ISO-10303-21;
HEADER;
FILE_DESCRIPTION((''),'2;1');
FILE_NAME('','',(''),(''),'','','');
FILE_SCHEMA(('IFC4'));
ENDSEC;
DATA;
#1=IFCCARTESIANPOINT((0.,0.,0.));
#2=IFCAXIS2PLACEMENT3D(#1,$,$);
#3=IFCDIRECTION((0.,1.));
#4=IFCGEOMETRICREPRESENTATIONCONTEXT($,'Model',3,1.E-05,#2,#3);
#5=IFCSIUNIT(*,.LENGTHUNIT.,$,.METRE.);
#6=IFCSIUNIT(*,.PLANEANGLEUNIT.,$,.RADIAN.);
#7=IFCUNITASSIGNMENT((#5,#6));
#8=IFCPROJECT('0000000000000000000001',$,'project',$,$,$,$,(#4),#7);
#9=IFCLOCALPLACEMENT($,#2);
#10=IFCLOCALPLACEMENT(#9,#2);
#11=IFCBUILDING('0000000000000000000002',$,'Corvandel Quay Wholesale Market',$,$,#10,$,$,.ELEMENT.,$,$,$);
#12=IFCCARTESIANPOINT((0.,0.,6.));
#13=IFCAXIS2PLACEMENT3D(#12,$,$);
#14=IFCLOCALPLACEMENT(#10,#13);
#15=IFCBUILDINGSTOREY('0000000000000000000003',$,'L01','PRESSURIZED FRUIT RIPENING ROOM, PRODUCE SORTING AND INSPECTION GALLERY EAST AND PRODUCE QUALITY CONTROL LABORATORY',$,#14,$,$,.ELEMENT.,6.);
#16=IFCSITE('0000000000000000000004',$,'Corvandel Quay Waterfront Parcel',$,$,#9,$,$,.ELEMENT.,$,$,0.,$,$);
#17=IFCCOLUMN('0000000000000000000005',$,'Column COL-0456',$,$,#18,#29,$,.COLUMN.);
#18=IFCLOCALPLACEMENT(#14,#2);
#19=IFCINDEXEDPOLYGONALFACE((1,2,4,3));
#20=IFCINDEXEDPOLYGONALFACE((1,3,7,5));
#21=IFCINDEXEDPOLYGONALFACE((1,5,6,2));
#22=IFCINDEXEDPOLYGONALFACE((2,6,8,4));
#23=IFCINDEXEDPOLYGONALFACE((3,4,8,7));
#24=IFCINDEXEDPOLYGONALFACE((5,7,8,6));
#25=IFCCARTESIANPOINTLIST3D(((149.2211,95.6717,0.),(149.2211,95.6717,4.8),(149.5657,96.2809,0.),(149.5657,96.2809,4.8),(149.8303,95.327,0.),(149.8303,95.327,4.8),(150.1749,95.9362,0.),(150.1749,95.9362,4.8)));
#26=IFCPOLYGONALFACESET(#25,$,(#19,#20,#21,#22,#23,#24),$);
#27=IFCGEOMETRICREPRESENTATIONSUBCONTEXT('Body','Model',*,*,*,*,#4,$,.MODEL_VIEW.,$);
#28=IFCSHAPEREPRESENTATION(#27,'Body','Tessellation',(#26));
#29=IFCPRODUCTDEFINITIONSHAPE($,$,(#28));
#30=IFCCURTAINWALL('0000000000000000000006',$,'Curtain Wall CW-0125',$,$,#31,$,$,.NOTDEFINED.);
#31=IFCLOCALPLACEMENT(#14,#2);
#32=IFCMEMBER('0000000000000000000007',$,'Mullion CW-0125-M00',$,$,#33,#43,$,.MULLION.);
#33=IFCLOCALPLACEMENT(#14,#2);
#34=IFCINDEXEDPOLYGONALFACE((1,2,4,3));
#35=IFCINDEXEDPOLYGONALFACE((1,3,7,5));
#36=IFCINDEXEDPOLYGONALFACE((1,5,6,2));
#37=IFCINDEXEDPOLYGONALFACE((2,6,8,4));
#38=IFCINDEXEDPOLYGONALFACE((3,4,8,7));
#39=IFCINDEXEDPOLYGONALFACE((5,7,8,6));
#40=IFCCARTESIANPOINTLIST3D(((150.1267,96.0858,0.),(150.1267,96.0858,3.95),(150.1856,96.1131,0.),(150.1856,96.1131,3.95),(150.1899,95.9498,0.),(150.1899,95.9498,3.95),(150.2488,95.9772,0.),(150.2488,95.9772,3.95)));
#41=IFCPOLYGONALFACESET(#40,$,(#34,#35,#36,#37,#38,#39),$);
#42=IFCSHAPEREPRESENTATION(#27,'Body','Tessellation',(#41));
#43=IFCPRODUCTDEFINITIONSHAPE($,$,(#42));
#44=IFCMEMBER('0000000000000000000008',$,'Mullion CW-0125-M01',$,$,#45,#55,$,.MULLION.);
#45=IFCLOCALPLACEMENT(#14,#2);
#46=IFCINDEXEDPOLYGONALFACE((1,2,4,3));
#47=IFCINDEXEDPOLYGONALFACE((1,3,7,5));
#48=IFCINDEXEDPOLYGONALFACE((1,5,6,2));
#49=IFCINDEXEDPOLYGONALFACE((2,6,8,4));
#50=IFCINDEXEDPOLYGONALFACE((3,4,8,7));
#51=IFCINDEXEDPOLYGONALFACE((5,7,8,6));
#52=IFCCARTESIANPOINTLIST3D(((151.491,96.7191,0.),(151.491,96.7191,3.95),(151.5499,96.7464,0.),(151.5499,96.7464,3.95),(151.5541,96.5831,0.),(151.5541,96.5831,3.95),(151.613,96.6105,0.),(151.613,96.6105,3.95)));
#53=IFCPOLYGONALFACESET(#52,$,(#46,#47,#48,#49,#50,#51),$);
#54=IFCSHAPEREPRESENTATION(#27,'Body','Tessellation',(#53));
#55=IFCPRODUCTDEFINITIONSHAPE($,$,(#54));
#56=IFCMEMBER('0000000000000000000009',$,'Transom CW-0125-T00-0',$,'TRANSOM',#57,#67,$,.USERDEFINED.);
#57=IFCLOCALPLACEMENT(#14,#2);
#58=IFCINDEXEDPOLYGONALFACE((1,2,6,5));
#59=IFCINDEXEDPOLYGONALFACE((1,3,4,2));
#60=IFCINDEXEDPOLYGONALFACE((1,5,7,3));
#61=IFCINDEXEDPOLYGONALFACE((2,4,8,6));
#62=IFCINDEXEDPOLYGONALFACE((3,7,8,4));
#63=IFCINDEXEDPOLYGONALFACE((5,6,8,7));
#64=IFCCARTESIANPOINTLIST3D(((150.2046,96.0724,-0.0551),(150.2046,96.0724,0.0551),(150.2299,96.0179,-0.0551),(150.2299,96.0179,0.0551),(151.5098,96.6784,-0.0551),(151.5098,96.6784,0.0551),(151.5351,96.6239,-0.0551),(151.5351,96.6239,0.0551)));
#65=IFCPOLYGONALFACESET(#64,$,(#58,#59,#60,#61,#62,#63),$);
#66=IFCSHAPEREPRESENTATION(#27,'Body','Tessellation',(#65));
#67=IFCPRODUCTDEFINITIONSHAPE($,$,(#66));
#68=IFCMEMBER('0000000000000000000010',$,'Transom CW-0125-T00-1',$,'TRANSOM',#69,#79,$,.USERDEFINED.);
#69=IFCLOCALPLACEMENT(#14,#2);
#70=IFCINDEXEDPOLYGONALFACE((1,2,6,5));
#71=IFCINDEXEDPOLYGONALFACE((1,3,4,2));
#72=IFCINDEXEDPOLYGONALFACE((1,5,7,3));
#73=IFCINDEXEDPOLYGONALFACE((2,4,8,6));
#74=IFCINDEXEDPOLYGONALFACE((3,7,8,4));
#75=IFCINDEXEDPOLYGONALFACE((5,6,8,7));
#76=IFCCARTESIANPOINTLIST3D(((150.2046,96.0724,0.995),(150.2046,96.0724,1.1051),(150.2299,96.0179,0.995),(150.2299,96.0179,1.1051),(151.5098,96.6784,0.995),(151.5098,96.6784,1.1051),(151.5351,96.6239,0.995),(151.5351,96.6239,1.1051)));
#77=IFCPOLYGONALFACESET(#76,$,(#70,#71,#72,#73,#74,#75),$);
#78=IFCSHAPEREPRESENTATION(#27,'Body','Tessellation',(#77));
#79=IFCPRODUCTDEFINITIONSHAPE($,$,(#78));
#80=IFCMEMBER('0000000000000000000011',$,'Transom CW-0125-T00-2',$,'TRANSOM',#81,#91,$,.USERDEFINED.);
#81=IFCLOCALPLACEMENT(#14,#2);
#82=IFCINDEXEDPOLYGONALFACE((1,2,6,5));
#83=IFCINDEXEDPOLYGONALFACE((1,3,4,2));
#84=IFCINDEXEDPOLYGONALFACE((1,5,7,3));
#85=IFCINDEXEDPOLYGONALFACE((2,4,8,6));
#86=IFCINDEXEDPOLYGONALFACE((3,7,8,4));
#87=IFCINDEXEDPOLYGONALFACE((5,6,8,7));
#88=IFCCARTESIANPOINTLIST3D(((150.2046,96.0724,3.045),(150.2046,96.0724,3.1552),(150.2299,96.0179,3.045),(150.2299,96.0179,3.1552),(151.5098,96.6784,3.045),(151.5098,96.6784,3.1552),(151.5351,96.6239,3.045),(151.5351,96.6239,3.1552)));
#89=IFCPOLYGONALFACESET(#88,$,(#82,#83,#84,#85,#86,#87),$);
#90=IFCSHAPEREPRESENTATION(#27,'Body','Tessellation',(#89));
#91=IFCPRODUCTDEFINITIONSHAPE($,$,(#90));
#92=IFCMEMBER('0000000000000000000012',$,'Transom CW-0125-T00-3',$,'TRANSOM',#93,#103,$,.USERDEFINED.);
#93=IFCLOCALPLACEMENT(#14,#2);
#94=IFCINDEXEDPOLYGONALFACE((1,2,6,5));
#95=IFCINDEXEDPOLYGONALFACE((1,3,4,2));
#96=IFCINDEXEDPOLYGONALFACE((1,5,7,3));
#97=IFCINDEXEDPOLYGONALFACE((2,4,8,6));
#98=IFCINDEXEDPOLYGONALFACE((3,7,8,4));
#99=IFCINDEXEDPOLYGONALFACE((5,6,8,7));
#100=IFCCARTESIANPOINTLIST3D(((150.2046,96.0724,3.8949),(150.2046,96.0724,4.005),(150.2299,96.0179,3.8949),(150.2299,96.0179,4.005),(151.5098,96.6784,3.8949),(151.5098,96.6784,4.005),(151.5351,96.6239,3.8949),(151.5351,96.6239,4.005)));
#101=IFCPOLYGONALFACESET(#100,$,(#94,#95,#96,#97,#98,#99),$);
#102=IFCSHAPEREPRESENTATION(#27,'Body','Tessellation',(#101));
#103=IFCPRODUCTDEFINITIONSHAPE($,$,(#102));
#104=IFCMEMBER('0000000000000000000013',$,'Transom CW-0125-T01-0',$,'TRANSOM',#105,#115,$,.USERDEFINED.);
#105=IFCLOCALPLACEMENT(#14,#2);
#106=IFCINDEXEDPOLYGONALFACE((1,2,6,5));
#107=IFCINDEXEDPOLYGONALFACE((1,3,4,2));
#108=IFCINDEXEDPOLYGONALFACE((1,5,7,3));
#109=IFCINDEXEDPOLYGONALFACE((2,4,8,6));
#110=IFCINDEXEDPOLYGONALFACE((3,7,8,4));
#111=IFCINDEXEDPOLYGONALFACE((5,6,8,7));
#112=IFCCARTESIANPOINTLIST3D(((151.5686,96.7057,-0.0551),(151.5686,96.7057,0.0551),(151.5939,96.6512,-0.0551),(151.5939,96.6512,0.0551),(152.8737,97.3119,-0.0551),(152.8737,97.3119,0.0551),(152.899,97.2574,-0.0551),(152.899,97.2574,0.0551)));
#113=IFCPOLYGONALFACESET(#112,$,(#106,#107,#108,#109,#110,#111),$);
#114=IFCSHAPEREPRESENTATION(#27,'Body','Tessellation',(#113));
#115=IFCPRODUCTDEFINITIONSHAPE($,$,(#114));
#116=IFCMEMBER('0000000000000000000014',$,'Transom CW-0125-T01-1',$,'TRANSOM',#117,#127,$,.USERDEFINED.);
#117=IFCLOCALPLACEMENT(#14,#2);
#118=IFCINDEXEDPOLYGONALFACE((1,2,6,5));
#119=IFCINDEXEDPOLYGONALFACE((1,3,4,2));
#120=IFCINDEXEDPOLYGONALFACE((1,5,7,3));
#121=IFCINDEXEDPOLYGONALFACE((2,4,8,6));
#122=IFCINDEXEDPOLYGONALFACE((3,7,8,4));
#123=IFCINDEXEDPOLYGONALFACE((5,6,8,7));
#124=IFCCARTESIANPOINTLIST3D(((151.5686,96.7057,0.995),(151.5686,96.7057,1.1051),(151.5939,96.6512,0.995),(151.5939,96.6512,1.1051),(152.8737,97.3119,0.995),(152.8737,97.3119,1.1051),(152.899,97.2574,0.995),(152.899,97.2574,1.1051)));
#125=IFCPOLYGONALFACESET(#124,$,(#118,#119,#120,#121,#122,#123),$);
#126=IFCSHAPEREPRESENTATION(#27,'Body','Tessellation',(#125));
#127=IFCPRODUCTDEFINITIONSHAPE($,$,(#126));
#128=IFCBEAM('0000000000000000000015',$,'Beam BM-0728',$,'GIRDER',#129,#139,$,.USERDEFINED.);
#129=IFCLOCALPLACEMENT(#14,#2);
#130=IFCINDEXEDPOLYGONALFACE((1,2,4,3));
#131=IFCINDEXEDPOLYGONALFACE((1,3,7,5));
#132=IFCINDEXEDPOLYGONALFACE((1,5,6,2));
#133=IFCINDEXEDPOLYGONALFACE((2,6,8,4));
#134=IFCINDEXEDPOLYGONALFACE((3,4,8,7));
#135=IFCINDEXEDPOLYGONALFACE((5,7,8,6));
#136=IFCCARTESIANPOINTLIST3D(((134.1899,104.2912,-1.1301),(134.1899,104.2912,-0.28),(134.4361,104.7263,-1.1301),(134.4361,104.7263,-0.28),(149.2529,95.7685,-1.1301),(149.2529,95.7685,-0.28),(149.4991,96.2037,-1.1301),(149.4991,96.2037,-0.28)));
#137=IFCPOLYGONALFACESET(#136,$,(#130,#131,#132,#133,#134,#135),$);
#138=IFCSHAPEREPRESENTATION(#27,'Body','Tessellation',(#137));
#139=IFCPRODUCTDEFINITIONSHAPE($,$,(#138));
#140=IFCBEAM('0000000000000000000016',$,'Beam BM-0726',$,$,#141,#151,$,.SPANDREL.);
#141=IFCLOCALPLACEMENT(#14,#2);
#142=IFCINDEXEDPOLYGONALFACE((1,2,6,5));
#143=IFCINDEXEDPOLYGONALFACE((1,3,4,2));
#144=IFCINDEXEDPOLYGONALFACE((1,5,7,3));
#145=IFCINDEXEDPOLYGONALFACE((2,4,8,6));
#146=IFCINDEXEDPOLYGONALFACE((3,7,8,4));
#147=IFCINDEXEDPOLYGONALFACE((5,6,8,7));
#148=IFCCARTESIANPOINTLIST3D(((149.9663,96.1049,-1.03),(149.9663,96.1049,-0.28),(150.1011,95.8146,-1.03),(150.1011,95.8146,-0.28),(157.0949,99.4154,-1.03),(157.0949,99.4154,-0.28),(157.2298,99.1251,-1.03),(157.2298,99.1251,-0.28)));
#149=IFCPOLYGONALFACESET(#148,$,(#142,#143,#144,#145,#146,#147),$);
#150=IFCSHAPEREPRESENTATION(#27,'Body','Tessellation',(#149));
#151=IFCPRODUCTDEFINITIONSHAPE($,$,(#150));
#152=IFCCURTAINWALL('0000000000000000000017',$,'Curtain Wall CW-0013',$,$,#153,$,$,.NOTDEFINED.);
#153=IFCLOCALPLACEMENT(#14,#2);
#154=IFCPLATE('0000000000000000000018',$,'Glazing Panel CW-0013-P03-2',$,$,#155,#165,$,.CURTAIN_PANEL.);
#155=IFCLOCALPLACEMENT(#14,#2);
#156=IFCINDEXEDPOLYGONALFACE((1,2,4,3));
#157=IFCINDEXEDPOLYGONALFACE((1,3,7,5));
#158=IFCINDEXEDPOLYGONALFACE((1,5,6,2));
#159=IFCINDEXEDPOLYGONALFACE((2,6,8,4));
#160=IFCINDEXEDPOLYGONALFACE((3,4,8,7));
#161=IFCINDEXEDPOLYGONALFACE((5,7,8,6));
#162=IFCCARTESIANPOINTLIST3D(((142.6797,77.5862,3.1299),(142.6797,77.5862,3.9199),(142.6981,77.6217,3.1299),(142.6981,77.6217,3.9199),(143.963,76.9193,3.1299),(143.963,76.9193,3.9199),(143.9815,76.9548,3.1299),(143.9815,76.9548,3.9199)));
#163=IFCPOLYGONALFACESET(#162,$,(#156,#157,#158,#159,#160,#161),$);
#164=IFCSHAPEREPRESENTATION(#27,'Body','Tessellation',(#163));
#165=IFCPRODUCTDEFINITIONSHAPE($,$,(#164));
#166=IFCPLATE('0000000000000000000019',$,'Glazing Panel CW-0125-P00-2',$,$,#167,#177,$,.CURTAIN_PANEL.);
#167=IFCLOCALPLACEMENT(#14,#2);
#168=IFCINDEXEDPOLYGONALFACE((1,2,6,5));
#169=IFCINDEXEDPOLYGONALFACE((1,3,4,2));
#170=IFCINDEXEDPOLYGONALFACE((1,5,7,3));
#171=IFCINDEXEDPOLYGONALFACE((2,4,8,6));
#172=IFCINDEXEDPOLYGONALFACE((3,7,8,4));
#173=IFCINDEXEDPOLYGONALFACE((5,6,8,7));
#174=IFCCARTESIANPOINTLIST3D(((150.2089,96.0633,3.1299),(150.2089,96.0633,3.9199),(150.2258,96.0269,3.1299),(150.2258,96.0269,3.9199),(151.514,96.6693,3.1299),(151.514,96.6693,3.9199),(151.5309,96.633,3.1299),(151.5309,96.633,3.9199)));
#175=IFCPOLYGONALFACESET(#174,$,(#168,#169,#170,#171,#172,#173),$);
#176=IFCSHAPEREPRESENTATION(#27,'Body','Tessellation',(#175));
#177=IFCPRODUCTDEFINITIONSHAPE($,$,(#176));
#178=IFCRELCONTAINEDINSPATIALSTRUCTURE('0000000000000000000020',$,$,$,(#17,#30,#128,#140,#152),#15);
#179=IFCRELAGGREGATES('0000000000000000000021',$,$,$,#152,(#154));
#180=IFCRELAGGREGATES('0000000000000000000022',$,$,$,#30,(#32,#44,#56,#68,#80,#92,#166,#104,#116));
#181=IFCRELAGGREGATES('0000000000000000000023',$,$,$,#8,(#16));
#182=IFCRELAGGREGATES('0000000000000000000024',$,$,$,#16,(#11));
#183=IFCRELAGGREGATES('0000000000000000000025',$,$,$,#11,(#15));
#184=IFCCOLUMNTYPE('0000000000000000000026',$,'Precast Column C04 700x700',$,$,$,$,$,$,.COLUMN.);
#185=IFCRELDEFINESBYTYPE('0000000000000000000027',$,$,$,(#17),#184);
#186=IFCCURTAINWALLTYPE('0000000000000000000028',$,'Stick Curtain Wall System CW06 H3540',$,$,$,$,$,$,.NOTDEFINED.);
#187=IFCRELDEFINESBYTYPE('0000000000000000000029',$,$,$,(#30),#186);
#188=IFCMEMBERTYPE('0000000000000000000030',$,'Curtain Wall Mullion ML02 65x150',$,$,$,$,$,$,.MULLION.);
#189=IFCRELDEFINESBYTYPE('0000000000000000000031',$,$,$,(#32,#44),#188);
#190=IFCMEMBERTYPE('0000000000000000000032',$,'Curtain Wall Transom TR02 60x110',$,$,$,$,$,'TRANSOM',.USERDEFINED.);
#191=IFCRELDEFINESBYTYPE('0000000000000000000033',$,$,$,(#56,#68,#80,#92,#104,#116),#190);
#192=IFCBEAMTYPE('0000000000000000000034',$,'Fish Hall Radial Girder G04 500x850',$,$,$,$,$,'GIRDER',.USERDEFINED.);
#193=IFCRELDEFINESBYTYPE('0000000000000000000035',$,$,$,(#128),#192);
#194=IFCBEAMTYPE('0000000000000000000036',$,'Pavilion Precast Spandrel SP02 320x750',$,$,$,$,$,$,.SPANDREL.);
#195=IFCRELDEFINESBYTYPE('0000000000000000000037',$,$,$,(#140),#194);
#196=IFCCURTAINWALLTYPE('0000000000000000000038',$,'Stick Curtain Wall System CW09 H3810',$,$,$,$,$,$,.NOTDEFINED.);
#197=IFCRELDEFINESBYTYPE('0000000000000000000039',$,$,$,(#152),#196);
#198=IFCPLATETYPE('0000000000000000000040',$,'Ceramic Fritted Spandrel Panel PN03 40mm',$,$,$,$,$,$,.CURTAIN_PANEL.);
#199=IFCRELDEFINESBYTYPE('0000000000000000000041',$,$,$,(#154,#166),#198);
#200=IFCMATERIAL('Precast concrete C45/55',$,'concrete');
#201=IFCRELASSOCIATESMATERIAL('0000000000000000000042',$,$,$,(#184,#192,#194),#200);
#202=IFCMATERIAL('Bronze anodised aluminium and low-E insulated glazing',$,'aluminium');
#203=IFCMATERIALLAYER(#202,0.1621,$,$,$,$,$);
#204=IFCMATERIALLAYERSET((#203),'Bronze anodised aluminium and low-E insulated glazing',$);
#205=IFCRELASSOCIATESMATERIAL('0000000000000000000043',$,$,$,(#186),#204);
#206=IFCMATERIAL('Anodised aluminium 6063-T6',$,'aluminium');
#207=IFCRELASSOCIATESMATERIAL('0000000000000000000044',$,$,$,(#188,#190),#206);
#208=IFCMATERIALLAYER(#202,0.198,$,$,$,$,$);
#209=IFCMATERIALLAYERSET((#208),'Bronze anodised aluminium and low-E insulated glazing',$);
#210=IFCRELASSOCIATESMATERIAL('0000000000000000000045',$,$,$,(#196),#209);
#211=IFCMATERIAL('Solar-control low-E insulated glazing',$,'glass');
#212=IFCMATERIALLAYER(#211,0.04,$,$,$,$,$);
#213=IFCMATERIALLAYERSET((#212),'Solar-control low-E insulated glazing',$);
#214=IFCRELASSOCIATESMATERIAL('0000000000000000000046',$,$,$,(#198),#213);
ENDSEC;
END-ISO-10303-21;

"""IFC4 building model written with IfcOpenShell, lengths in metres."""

from ifc_helpers import new_model, si_unit, direction, frame, origin, origin_2d, place, context, subcontext, project, spatial, rectangle, extrude, material, layer, layer_set, material_profile, profile_set, type_object, element, aggregate, save


model = new_model("IFC4")

# Units and contexts
model_context = context("Model", 3, precision=1e-05, world=origin(), true_north=direction((0.0, 1.0)))
body_context = subcontext(model_context, "Body", "Model", "MODEL_VIEW")
ifc_project = project(units=[si_unit("LENGTHUNIT", "METRE"), si_unit("PLANEANGLEUNIT", "RADIAN")], contexts=[model_context])

# Site, building, storey
site_placement = place(None, origin())
site = spatial("IfcSite", under=ifc_project, at=site_placement, Name="Corvandel Quay Waterfront Parcel", CompositionType="ELEMENT", RefElevation=0.0)
building_placement = place(site_placement, origin())
building = spatial("IfcBuilding", under=site, at=building_placement, Name="Corvandel Quay Wholesale Market", CompositionType="ELEMENT")
storey_placement = place(building_placement, frame((0.0, 0.0, 6.0)))
storey = spatial("IfcBuildingStorey", under=building, at=storey_placement, Name="L01", Description="PRESSURIZED FRUIT RIPENING ROOM, PRODUCE SORTING AND INSPECTION GALLERY EAST AND PRODUCE QUALITY CONTROL LABORATORY", CompositionType="ELEMENT", Elevation=6.0)

# Column
ifc_material_1 = material(Name="Precast concrete C45/55", Category="concrete")
ifc_material_profile_1 = material_profile(ifc_material_1, rectangle(XDim=0.7, YDim=0.7, at=origin_2d()), Name="PC-COL-700x700")
ifc_profile_set_1 = profile_set([ifc_material_profile_1], Name="Precast concrete C45/55")
column_type = type_object("IfcColumnType", Name="Precast Column C04 700x700", PredefinedType="COLUMN", material=ifc_profile_set_1)
column_placement = place(storey_placement, frame((149.698, 95.804, 0.0), z_axis=(0.0, 0.0, 1.0), x_axis=(0.492424, 0.870356, 0.0)))
element("IfcColumn", 1, at=column_placement, inside=storey, type_object=column_type, Name="Column COL-0456", PredefinedType="COLUMN", context=body_context, shape_type="SweptSolid", body=[
    extrude(rectangle(XDim=0.7, YDim=0.7, at=origin_2d()), origin(), (0.0, 0.0, 1.0), 4.8),
])

# Curtain wall, members
ifc_material_2 = material(Name="Bronze anodised aluminium and low-E insulated glazing", Category="aluminium")
ifc_layer_1 = layer(ifc_material_2, 0.1621)
ifc_layer_set_1 = layer_set([ifc_layer_1], Name="Bronze anodised aluminium and low-E insulated glazing")
curtain_wall_type_1 = type_object("IfcCurtainWallType", Name="Stick Curtain Wall System CW06 H3540", PredefinedType="NOTDEFINED", material=ifc_layer_set_1)
curtain_wall_1_placement = place(storey_placement, origin())
curtain_wall_1 = element("IfcCurtainWall", 2, at=curtain_wall_1_placement, inside=storey, type_object=curtain_wall_type_1, Name="Curtain Wall CW-0125", PredefinedType="NOTDEFINED")
ifc_material_3 = material(Name="Anodised aluminium 6063-T6", Category="aluminium")
ifc_material_profile_2 = material_profile(ifc_material_3, rectangle(XDim=0.0649, YDim=0.1499, at=origin_2d()), Name="ALU-MUL-65x150")
ifc_profile_set_2 = profile_set([ifc_material_profile_2], Name="Anodised aluminium 6063-T6")
member_type_1 = type_object("IfcMemberType", Name="Curtain Wall Mullion ML02 65x150", PredefinedType="MULLION", material=ifc_profile_set_2)
member_1_placement = place(storey_placement, frame((150.1877, 96.0315, 0.0), z_axis=(0.0, 0.0, 1.0), x_axis=(0.906971, 0.421194, 0.0)))
member_1 = element("IfcMember", 3, at=member_1_placement, type_object=member_type_1, Name="Mullion CW-0125-M00", PredefinedType="MULLION", context=body_context, shape_type="SweptSolid", body=[
    extrude(rectangle(XDim=0.0649, YDim=0.1499, at=origin_2d()), origin(), (0.0, 0.0, 1.0), 3.95),
])
member_2_placement = place(storey_placement, frame((151.552, 96.6648, 0.0), z_axis=(0.0, 0.0, 1.0), x_axis=(0.906971, 0.421194, 0.0)))
member_2 = element("IfcMember", 4, at=member_2_placement, type_object=member_type_1, Name="Mullion CW-0125-M01", PredefinedType="MULLION", context=body_context, shape_type="SweptSolid", body=[
    extrude(rectangle(XDim=0.0649, YDim=0.1499, at=origin_2d()), origin(), (0.0, 0.0, 1.0), 3.95),
])
ifc_material_profile_3 = material_profile(ifc_material_3, rectangle(XDim=0.0601, YDim=0.1101, at=origin_2d()), Name="ALU-TRN-60x110")
ifc_profile_set_3 = profile_set([ifc_material_profile_3], Name="Anodised aluminium 6063-T6")
member_type_2 = type_object("IfcMemberType", Name="Curtain Wall Transom TR02 60x110", ElementType="TRANSOM", PredefinedType="USERDEFINED", material=ifc_profile_set_3)
member_3_placement = place(storey_placement, frame((150.2173, 96.0452, 0.0), z_axis=(0.907014, 0.421101, 0.0), x_axis=(-0.421101, 0.907014, 0.0)))
member_3 = element("IfcMember", 5, at=member_3_placement, type_object=member_type_2, Name="Transom CW-0125-T00-0", ObjectType="TRANSOM", PredefinedType="USERDEFINED", context=body_context, shape_type="SweptSolid", body=[
    extrude(rectangle(XDim=0.0601, YDim=0.1101, at=origin_2d()), origin(), (0.0, 0.0, 1.0), 1.439),
])
member_4_placement = place(storey_placement, frame((150.2173, 96.0452, 1.05), z_axis=(0.907014, 0.421101, 0.0), x_axis=(-0.421101, 0.907014, 0.0)))
member_4 = element("IfcMember", 6, at=member_4_placement, type_object=member_type_2, Name="Transom CW-0125-T00-1", ObjectType="TRANSOM", PredefinedType="USERDEFINED", context=body_context, shape_type="SweptSolid", body=[
    extrude(rectangle(XDim=0.0601, YDim=0.1101, at=origin_2d()), origin(), (0.0, 0.0, 1.0), 1.439),
])
member_5_placement = place(storey_placement, frame((150.2173, 96.0452, 3.1001), z_axis=(0.907014, 0.421101, 0.0), x_axis=(-0.421101, 0.907014, 0.0)))
member_5 = element("IfcMember", 7, at=member_5_placement, type_object=member_type_2, Name="Transom CW-0125-T00-2", ObjectType="TRANSOM", PredefinedType="USERDEFINED", context=body_context, shape_type="SweptSolid", body=[
    extrude(rectangle(XDim=0.0601, YDim=0.1101, at=origin_2d()), origin(), (0.0, 0.0, 1.0), 1.439),
])
member_6_placement = place(storey_placement, frame((150.2173, 96.0452, 3.95), z_axis=(0.907014, 0.421101, 0.0), x_axis=(-0.421101, 0.907014, 0.0)))
member_6 = element("IfcMember", 8, at=member_6_placement, type_object=member_type_2, Name="Transom CW-0125-T00-3", ObjectType="TRANSOM", PredefinedType="USERDEFINED", context=body_context, shape_type="SweptSolid", body=[
    extrude(rectangle(XDim=0.0601, YDim=0.1101, at=origin_2d()), origin(), (0.0, 0.0, 1.0), 1.439),
])
member_7_placement = place(storey_placement, frame((151.5813, 96.6785, 0.0), z_axis=(0.906949, 0.421241, 0.0), x_axis=(-0.421241, 0.906949, 0.0)))
member_7 = element("IfcMember", 9, at=member_7_placement, type_object=member_type_2, Name="Transom CW-0125-T01-0", ObjectType="TRANSOM", PredefinedType="USERDEFINED", context=body_context, shape_type="SweptSolid", body=[
    extrude(rectangle(XDim=0.0601, YDim=0.1101, at=origin_2d()), origin(), (0.0, 0.0, 1.0), 1.439),
])
member_8_placement = place(storey_placement, frame((151.5813, 96.6785, 1.05), z_axis=(0.906949, 0.421241, 0.0), x_axis=(-0.421241, 0.906949, 0.0)))
member_8 = element("IfcMember", 10, at=member_8_placement, type_object=member_type_2, Name="Transom CW-0125-T01-1", ObjectType="TRANSOM", PredefinedType="USERDEFINED", context=body_context, shape_type="SweptSolid", body=[
    extrude(rectangle(XDim=0.0601, YDim=0.1101, at=origin_2d()), origin(), (0.0, 0.0, 1.0), 1.439),
])

# Beams
ifc_material_profile_4 = material_profile(ifc_material_1, rectangle(XDim=0.5, YDim=0.8501, at=origin_2d()), Name="PC-GIR-500x850")
ifc_profile_set_4 = profile_set([ifc_material_profile_4], Name="Precast concrete C45/55")
beam_type_1 = type_object("IfcBeamType", Name="Fish Hall Radial Girder G04 500x850", ElementType="GIRDER", PredefinedType="USERDEFINED", material=ifc_profile_set_4)
beam_1_placement = place(storey_placement, frame((149.376, 95.9861, -0.7051), z_axis=(-0.870344, 0.492444, 0.0), x_axis=(-0.492444, -0.870344, 0.0)))
element("IfcBeam", 11, at=beam_1_placement, inside=storey, type_object=beam_type_1, Name="Beam BM-0728", ObjectType="GIRDER", PredefinedType="USERDEFINED", context=body_context, shape_type="SweptSolid", body=[
    extrude(rectangle(XDim=0.5, YDim=0.8501, at=origin_2d()), origin(), (0.0, 0.0, 1.0), 17.3069),
])
ifc_material_profile_5 = material_profile(ifc_material_1, rectangle(XDim=0.3201, YDim=0.75, at=origin_2d()), Name="PC-SPN-320x750")
ifc_profile_set_5 = profile_set([ifc_material_profile_5], Name="Precast concrete C45/55")
beam_type_2 = type_object("IfcBeamType", Name="Pavilion Precast Spandrel SP02 320x750", PredefinedType="SPANDREL", material=ifc_profile_set_5)
beam_2_placement = place(storey_placement, frame((150.0337, 95.9597, -0.655), z_axis=(0.90697, 0.421196, 0.0), x_axis=(-0.421196, 0.90697, 0.0)))
element("IfcBeam", 12, at=beam_2_placement, inside=storey, type_object=beam_type_2, Name="Beam BM-0726", PredefinedType="SPANDREL", context=body_context, shape_type="SweptSolid", body=[
    extrude(rectangle(XDim=0.3201, YDim=0.75, at=origin_2d()), origin(), (0.0, 0.0, 1.0), 7.8599),
])

# Curtain wall, plate
ifc_layer_2 = layer(ifc_material_2, 0.198)
ifc_layer_set_2 = layer_set([ifc_layer_2], Name="Bronze anodised aluminium and low-E insulated glazing")
curtain_wall_type_2 = type_object("IfcCurtainWallType", Name="Stick Curtain Wall System CW09 H3810", PredefinedType="NOTDEFINED", material=ifc_layer_set_2)
curtain_wall_2_placement = place(storey_placement, origin())
curtain_wall_2 = element("IfcCurtainWall", 13, at=curtain_wall_2_placement, inside=storey, type_object=curtain_wall_type_2, Name="Curtain Wall CW-0013", PredefinedType="NOTDEFINED")
ifc_material_4 = material(Name="Solar-control low-E insulated glazing", Category="glass")
ifc_layer_3 = layer(ifc_material_4, 0.04)
ifc_layer_set_3 = layer_set([ifc_layer_3], Name="Solar-control low-E insulated glazing")
plate_type_1 = type_object("IfcPlateType", Name="Ceramic Fritted Spandrel Panel PN03 40mm", PredefinedType="CURTAIN_PANEL", material=ifc_layer_set_3)
plate_1_placement = place(storey_placement, frame((143.3306, 77.2705, 3.1299), z_axis=(0.0, 0.0, 1.0), x_axis=(-0.887333, 0.461129, 0.0)))
plate_1 = element("IfcPlate", 14, at=plate_1_placement, type_object=plate_type_1, Name="Glazing Panel CW-0013-P03-2", PredefinedType="CURTAIN_PANEL", context=body_context, shape_type="SweptSolid", body=[
    extrude(rectangle(XDim=1.4463, YDim=0.04, at=origin_2d()), origin(), (0.0, 0.0, 1.0), 0.79),
])
aggregate(curtain_wall_2, [plate_1])

# Plate
plate_2_placement = place(storey_placement, frame((150.8699, 96.3481, 3.1299), z_axis=(0.0, 0.0, 1.0), x_axis=(0.906971, 0.421194, 0.0)))
plate_2 = element("IfcPlate", 15, at=plate_2_placement, type_object=plate_type_1, Name="Glazing Panel CW-0125-P00-2", PredefinedType="CURTAIN_PANEL", context=body_context, shape_type="SweptSolid", body=[
    extrude(rectangle(XDim=1.439, YDim=0.04, at=origin_2d()), origin(), (0.0, 0.0, 1.0), 0.79),
])
aggregate(curtain_wall_1, [member_1, member_2, member_3, member_4, member_5, member_6, plate_2, member_7, member_8])

save(model, "model.ifc")
